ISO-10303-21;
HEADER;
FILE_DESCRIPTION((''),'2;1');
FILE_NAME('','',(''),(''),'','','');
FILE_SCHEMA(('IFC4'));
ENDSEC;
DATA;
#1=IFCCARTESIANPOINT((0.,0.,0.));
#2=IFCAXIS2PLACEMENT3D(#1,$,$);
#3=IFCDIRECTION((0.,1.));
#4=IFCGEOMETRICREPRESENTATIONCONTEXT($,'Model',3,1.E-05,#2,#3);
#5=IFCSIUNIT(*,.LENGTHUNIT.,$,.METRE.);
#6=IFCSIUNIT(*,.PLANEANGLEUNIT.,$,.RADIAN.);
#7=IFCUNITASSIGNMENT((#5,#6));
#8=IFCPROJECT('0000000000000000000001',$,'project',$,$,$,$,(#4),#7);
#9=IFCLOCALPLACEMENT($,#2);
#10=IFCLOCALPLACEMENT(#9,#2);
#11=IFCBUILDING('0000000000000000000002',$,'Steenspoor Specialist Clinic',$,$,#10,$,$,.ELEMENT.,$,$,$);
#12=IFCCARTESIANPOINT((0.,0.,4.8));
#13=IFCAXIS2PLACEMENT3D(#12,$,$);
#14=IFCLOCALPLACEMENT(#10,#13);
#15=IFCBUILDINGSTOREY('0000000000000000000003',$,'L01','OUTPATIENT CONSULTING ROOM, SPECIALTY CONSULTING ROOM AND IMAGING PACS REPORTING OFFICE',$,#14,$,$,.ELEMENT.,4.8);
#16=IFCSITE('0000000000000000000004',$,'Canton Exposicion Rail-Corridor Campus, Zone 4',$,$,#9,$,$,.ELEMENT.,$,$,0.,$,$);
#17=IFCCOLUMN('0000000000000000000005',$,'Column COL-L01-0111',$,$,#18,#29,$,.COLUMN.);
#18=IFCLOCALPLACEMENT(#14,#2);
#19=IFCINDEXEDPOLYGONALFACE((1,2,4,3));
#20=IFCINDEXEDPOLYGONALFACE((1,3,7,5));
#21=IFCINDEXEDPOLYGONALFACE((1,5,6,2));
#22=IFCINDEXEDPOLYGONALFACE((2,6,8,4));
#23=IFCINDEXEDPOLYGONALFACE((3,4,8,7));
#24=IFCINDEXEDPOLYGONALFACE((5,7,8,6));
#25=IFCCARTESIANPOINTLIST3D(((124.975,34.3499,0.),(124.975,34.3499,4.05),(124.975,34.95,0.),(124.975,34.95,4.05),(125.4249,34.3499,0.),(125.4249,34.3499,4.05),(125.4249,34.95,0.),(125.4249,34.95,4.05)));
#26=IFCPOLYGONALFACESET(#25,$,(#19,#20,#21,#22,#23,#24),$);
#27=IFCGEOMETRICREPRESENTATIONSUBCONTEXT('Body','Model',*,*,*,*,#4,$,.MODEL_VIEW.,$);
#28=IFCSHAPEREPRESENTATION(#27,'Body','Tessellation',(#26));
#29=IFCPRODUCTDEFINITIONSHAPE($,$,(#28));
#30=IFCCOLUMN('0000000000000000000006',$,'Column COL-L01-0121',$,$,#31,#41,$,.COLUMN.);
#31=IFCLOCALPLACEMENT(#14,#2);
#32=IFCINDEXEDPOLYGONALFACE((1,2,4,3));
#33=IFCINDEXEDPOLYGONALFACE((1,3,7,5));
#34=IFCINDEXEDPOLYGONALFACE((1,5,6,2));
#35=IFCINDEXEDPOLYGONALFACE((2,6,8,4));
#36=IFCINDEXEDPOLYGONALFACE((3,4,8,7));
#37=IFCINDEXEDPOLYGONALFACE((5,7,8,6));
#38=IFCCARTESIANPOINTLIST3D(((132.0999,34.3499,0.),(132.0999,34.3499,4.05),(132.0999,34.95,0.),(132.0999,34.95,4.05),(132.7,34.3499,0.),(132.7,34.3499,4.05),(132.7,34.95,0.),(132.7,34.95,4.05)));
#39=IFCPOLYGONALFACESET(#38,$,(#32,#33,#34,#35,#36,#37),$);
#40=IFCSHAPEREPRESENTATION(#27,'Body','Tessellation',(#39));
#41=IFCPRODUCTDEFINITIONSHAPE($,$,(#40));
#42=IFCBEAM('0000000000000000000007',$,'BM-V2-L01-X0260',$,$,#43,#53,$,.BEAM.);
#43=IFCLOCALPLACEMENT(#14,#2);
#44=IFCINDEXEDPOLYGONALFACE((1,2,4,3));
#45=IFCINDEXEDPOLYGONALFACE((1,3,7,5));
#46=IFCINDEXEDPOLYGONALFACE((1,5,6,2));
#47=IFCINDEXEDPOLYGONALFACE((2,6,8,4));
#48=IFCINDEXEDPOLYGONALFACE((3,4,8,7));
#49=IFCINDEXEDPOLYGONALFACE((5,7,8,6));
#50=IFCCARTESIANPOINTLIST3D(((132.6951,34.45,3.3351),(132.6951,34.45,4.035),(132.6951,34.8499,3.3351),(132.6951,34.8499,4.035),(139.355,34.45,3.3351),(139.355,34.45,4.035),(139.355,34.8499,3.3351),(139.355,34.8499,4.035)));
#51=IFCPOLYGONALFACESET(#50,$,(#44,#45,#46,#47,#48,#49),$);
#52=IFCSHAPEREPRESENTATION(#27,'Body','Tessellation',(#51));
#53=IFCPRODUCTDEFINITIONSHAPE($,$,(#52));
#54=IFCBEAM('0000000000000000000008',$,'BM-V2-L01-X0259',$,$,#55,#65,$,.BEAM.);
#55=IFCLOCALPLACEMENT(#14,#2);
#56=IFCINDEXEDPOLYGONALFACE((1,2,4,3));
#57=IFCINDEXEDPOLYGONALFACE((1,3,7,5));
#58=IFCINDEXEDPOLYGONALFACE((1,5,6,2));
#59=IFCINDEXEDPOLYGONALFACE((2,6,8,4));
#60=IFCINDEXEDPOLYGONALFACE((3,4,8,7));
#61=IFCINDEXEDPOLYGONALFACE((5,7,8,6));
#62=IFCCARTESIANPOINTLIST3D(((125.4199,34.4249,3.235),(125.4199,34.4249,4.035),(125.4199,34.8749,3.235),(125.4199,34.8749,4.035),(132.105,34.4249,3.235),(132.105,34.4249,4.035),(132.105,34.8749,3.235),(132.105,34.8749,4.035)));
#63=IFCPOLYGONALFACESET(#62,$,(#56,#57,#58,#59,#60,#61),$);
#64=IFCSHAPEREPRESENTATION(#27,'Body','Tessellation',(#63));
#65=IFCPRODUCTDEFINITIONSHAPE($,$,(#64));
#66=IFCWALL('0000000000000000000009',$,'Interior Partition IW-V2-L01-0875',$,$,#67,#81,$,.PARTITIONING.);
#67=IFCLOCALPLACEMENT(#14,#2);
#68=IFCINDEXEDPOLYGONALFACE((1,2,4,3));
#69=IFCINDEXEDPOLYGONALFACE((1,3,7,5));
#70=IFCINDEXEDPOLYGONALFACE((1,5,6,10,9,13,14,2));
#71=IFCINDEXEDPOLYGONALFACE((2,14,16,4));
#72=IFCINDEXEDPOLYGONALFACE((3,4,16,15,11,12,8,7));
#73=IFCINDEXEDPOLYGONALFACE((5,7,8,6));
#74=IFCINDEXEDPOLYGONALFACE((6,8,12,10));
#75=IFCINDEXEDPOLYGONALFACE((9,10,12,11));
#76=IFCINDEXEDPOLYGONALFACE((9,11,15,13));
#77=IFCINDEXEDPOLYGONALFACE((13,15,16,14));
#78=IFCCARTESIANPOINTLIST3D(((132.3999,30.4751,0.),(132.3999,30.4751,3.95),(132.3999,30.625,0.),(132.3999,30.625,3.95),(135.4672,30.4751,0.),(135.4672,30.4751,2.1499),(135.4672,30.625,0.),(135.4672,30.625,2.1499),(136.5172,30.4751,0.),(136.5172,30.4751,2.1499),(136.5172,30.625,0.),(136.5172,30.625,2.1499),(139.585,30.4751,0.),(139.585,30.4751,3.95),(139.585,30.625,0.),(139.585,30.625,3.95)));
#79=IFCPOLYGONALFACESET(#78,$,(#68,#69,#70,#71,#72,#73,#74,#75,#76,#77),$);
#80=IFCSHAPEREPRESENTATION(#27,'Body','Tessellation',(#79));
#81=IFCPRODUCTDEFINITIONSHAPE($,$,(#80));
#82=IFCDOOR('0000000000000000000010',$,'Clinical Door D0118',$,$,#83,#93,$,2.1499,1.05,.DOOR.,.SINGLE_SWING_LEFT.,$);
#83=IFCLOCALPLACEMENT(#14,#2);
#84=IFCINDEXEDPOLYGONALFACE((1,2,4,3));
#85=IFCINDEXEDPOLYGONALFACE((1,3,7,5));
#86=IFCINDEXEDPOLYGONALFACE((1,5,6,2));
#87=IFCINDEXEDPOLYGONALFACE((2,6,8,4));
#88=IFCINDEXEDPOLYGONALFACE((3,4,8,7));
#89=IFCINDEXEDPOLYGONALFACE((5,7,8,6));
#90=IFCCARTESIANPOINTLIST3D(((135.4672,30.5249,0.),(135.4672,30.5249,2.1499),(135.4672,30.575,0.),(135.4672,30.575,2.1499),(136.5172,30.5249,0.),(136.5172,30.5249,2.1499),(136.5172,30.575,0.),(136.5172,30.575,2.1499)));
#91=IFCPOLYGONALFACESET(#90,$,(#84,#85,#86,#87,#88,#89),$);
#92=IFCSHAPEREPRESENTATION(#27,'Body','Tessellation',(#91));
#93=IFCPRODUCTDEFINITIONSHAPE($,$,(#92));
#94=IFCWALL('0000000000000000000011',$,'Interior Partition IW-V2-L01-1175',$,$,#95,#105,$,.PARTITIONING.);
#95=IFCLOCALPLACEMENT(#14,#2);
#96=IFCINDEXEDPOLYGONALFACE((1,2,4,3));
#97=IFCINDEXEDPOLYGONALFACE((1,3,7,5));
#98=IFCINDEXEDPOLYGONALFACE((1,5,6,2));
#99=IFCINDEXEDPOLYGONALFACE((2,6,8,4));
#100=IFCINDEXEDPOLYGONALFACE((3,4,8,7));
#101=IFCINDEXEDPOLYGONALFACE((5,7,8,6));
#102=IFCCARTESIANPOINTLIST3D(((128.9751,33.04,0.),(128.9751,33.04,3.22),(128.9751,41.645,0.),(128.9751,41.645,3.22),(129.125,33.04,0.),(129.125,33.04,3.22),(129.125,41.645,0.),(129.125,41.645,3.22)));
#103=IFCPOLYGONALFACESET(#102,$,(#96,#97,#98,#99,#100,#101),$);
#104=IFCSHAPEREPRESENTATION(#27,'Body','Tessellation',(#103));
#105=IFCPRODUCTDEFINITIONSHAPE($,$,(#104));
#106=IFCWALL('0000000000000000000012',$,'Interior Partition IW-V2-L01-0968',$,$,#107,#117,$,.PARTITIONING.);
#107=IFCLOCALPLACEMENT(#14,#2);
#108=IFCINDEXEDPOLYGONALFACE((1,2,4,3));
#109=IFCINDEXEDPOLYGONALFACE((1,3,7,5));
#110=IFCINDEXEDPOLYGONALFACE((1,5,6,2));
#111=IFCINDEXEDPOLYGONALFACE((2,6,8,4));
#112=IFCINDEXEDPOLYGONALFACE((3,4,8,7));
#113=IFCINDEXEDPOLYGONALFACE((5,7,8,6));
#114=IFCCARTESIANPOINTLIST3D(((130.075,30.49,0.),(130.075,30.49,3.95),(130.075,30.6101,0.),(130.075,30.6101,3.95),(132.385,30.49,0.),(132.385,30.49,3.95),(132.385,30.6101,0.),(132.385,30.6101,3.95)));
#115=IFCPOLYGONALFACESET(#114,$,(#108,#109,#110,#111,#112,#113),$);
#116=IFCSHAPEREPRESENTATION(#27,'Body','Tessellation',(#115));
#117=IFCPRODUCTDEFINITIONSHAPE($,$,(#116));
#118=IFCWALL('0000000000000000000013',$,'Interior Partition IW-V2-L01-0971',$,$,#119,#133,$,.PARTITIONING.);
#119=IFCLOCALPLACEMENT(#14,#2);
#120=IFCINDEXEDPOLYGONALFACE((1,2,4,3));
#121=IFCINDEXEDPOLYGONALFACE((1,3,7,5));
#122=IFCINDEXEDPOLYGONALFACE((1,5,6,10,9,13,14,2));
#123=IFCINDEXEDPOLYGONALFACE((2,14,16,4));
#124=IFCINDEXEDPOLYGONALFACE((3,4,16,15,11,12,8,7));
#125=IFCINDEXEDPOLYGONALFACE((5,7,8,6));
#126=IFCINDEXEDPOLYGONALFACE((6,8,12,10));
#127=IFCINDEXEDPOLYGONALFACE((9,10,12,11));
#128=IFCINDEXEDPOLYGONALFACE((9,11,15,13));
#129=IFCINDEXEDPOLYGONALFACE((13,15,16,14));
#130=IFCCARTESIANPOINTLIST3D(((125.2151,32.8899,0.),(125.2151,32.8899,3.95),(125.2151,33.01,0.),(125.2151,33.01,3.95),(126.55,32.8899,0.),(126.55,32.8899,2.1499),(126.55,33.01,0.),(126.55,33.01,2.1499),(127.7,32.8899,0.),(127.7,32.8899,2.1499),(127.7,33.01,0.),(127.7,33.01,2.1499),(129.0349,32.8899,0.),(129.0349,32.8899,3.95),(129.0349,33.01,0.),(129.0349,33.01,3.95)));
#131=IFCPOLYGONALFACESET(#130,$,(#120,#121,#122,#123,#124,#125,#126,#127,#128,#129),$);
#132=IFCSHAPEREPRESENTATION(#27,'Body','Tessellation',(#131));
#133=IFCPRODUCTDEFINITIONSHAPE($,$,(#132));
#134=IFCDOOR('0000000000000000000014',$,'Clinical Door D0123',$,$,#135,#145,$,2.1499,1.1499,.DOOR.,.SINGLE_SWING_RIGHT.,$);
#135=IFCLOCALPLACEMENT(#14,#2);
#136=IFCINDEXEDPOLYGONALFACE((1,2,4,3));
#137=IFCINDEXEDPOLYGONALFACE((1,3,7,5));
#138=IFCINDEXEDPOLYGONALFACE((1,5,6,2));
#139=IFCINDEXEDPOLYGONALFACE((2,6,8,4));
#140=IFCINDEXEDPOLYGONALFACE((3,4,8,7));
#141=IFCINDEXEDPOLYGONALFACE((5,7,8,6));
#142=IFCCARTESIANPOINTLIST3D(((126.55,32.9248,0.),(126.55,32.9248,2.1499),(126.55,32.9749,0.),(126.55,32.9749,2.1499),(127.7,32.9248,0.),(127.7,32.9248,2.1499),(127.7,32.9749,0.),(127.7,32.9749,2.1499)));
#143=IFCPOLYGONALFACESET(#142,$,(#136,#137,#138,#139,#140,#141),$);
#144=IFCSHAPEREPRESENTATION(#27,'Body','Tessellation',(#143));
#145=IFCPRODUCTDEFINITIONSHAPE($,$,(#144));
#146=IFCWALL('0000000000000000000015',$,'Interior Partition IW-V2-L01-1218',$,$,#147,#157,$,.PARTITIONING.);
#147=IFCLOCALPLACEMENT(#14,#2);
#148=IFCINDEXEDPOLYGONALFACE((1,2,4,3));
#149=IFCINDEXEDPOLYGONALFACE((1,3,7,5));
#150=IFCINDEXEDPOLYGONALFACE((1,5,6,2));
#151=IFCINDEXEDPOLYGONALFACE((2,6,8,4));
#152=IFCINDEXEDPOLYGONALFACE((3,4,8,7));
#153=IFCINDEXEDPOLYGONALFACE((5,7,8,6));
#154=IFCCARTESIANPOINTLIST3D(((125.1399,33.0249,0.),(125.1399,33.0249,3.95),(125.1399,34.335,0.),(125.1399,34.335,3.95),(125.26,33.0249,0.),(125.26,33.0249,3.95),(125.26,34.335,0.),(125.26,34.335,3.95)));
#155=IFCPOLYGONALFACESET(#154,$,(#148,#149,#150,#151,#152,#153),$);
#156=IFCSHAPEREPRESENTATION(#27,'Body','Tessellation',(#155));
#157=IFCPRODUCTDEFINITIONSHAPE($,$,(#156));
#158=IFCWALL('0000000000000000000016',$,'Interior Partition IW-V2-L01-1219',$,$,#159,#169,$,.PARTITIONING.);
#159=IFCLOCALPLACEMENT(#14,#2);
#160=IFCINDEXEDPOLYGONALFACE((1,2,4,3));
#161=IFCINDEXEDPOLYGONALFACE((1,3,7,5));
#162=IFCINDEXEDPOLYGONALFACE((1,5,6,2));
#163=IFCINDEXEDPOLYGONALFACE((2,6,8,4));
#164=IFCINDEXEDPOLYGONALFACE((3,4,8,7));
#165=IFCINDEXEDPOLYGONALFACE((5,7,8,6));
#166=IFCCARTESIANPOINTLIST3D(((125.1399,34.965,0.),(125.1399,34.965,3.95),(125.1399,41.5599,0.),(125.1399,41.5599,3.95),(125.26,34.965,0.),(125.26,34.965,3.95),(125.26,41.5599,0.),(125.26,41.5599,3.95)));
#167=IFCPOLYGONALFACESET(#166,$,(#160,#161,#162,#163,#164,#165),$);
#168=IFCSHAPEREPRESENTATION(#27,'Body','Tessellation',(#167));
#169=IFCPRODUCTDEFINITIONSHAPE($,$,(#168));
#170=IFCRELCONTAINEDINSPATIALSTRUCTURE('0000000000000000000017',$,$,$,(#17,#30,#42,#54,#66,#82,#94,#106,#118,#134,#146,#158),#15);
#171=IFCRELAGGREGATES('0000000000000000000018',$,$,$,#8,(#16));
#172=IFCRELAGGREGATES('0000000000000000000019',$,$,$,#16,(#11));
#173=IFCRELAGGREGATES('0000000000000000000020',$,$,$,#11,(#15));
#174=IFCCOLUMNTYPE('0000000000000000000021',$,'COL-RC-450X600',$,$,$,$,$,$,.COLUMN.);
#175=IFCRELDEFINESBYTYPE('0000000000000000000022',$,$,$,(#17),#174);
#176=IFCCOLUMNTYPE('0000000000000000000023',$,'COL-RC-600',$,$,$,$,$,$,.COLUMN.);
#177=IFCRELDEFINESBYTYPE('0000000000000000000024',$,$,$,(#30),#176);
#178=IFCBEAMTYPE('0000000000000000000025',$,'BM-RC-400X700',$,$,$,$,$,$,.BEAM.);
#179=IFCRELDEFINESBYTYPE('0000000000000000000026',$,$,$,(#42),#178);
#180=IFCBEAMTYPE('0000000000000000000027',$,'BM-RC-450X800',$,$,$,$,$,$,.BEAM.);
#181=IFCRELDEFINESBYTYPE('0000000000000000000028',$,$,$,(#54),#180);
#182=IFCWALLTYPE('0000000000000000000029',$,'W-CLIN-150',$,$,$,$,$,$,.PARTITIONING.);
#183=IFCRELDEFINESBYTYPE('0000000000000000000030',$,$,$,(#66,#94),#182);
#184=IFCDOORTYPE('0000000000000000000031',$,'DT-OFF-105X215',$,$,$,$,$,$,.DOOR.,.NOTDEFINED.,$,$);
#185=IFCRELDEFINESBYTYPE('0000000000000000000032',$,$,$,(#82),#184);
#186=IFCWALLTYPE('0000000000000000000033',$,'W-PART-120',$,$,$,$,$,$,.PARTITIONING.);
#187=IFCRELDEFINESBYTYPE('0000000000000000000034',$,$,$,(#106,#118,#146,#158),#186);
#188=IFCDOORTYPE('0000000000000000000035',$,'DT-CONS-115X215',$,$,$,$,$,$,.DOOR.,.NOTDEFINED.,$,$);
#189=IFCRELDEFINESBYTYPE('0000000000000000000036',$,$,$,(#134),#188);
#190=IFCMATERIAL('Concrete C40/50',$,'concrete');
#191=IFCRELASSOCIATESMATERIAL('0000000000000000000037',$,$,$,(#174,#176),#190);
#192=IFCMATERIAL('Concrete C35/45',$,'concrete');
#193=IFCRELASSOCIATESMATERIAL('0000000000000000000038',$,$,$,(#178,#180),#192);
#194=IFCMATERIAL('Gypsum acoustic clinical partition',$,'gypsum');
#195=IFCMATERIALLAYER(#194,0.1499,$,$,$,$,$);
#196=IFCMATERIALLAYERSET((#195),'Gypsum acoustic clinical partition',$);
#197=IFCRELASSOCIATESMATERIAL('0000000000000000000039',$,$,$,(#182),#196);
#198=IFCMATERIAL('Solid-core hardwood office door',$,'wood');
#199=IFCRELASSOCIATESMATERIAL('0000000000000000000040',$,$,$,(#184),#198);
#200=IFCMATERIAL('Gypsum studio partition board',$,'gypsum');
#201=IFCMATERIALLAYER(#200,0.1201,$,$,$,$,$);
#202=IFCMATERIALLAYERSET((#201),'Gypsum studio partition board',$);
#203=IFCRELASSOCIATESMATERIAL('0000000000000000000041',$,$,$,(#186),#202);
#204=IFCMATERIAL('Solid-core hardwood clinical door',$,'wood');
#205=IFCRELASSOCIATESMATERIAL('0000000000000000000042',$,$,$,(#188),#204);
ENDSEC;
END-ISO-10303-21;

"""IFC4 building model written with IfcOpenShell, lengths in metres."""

from ifc_helpers import new_model, si_unit, direction, frame, frame_2d, origin, origin_2d, place, context, subcontext, project, spatial, rectangle, extrude, material, layer, layer_set, material_profile, profile_set, type_object, element, fill, save


model = new_model("IFC4")

# Units and contexts
model_context = context("Model", 3, precision=1e-05, world=origin(), true_north=direction((0.0, 1.0)))
body_context = subcontext(model_context, "Body", "Model", "MODEL_VIEW")
ifc_project = project(units=[si_unit("LENGTHUNIT", "METRE"), si_unit("PLANEANGLEUNIT", "RADIAN")], contexts=[model_context])

# Site, building, storey
site_placement = place(None, origin())
site = spatial("IfcSite", under=ifc_project, at=site_placement, Name="Canton Exposicion Rail-Corridor Campus, Zone 4", CompositionType="ELEMENT", RefElevation=0.0)
building_placement = place(site_placement, origin())
building = spatial("IfcBuilding", under=site, at=building_placement, Name="Steenspoor Specialist Clinic", CompositionType="ELEMENT")
storey_placement = place(building_placement, frame((0.0, 0.0, 4.8)))
storey = spatial("IfcBuildingStorey", under=building, at=storey_placement, Name="L01", Description="OUTPATIENT CONSULTING ROOM, SPECIALTY CONSULTING ROOM AND IMAGING PACS REPORTING OFFICE", CompositionType="ELEMENT", Elevation=4.8)

# Columns
ifc_material_1 = material(Name="Concrete C40/50", Category="concrete")
ifc_material_profile_1 = material_profile(ifc_material_1, rectangle(XDim=0.45, YDim=0.6001, at=origin_2d()), Name="RC-COL-450X600")
ifc_profile_set_1 = profile_set([ifc_material_profile_1], Name="Concrete C40/50")
column_type_1 = type_object("IfcColumnType", Name="COL-RC-450X600", PredefinedType="COLUMN", material=ifc_profile_set_1)
column_1_placement = place(storey_placement, frame((125.2, 34.6499, 0.0), z_axis=(0.0, 0.0, 1.0), x_axis=(1.0, 0.0, 0.0)))
element("IfcColumn", 1, at=column_1_placement, inside=storey, type_object=column_type_1, Name="Column COL-L01-0111", PredefinedType="COLUMN", context=body_context, shape_type="SweptSolid", body=[
    extrude(rectangle(XDim=0.45, YDim=0.6001, at=origin_2d()), origin(), (0.0, 0.0, 1.0), 4.05),
])
ifc_material_profile_2 = material_profile(ifc_material_1, rectangle(XDim=0.6001, YDim=0.6001, at=origin_2d()), Name="RC-COL-600X600")
ifc_profile_set_2 = profile_set([ifc_material_profile_2], Name="Concrete C40/50")
column_type_2 = type_object("IfcColumnType", Name="COL-RC-600", PredefinedType="COLUMN", material=ifc_profile_set_2)
column_2_placement = place(storey_placement, frame((132.3999, 34.6499, 0.0), z_axis=(0.0, 0.0, 1.0), x_axis=(1.0, 0.0, 0.0)))
element("IfcColumn", 2, at=column_2_placement, inside=storey, type_object=column_type_2, Name="Column COL-L01-0121", PredefinedType="COLUMN", context=body_context, shape_type="SweptSolid", body=[
    extrude(rectangle(XDim=0.6001, YDim=0.6001, at=origin_2d()), origin(), (0.0, 0.0, 1.0), 4.05),
])

# Beams
ifc_material_2 = material(Name="Concrete C35/45", Category="concrete")
ifc_material_profile_3 = material_profile(ifc_material_2, rectangle(XDim=0.3999, YDim=0.7, at=origin_2d()), Name="RC-BM-400X700")
ifc_profile_set_3 = profile_set([ifc_material_profile_3], Name="Concrete C35/45")
beam_type_1 = type_object("IfcBeamType", Name="BM-RC-400X700", PredefinedType="BEAM", material=ifc_profile_set_3)
beam_1_placement = place(storey_placement, frame((132.6951, 34.6499, 3.6851), z_axis=(1.0, 0.0, 0.0), x_axis=(0.0, 1.0, 0.0)))
element("IfcBeam", 3, at=beam_1_placement, inside=storey, type_object=beam_type_1, Name="BM-V2-L01-X0260", PredefinedType="BEAM", context=body_context, shape_type="SweptSolid", body=[
    extrude(rectangle(XDim=0.3999, YDim=0.7, at=origin_2d()), origin(), (0.0, 0.0, 1.0), 6.6599),
])
ifc_material_profile_4 = material_profile(ifc_material_2, rectangle(XDim=0.45, YDim=0.8, at=origin_2d()), Name="RC-BM-450X800")
ifc_profile_set_4 = profile_set([ifc_material_profile_4], Name="Concrete C35/45")
beam_type_2 = type_object("IfcBeamType", Name="BM-RC-450X800", PredefinedType="BEAM", material=ifc_profile_set_4)
beam_2_placement = place(storey_placement, frame((125.4199, 34.6499, 3.635), z_axis=(1.0, 0.0, 0.0), x_axis=(0.0, 1.0, 0.0)))
element("IfcBeam", 4, at=beam_2_placement, inside=storey, type_object=beam_type_2, Name="BM-V2-L01-X0259", PredefinedType="BEAM", context=body_context, shape_type="SweptSolid", body=[
    extrude(rectangle(XDim=0.45, YDim=0.8, at=origin_2d()), origin(), (0.0, 0.0, 1.0), 6.6851),
])

# Wall, opening, door
ifc_material_3 = material(Name="Gypsum acoustic clinical partition", Category="gypsum")
ifc_layer_1 = layer(ifc_material_3, 0.1499)
ifc_layer_set_1 = layer_set([ifc_layer_1], Name="Gypsum acoustic clinical partition")
wall_type_1 = type_object("IfcWallType", Name="W-CLIN-150", PredefinedType="PARTITIONING", material=ifc_layer_set_1)
wall_1_placement = place(storey_placement, frame((132.3999, 30.55, 0.0), z_axis=(0.0, 0.0, 1.0), x_axis=(1.0, 0.0, 0.0)))
wall_1 = element("IfcWall", 5, at=wall_1_placement, inside=storey, type_object=wall_type_1, Name="Interior Partition IW-V2-L01-0875", PredefinedType="PARTITIONING", context=body_context, shape_type="SweptSolid", body=[
    extrude(rectangle(XDim=7.1851, YDim=0.1499, at=frame_2d((3.5925, 0.0))), origin(), (0.0, 0.0, 1.0), 3.95),
])
opening_1_placement = place(wall_1_placement, frame((3.0674, 0.0, 0.0)))
opening_1 = element("IfcOpeningElement", 6, at=opening_1_placement, cuts=wall_1, PredefinedType="OPENING", context=body_context, shape_type="SweptSolid", body=[
    extrude(rectangle(XDim=1.05, YDim=2.1499, at=frame_2d((0.5249, 1.075))), frame((0.0, 0.085, 0.0), z_axis=(0.0, -1.0, 0.0), x_axis=(1.0, 0.0, 0.0)), (0.0, 0.0, 1.0), 0.1699),
])
ifc_material_4 = material(Name="Solid-core hardwood office door", Category="wood")
door_type_1 = type_object("IfcDoorType", Name="DT-OFF-105X215", OperationType="NOTDEFINED", PredefinedType="DOOR", material=ifc_material_4)
door_1_placement = place(opening_1_placement, origin())
door_1 = element("IfcDoor", 7, at=door_1_placement, inside=storey, type_object=door_type_1, Name="Clinical Door D0118", OperationType="SINGLE_SWING_LEFT", OverallHeight=2.1499, OverallWidth=1.05, PredefinedType="DOOR", context=body_context, shape_type="SweptSolid", body=[
    extrude(rectangle(XDim=1.05, YDim=2.1499, at=frame_2d((0.5249, 1.075))), frame((0.0, 0.0249, 0.0), z_axis=(0.0, -1.0, 0.0), x_axis=(1.0, 0.0, 0.0)), (0.0, 0.0, 1.0), 0.05),
])
fill(opening_1, door_1)

# Wall
wall_2_placement = place(storey_placement, frame((129.05, 33.04, 0.0), z_axis=(0.0, 0.0, 1.0), x_axis=(0.0, 1.0, 0.0)))
element("IfcWall", 8, at=wall_2_placement, inside=storey, type_object=wall_type_1, Name="Interior Partition IW-V2-L01-1175", PredefinedType="PARTITIONING", context=body_context, shape_type="SweptSolid", body=[
    extrude(rectangle(XDim=8.605, YDim=0.1499, at=frame_2d((4.3025, 0.0))), origin(), (0.0, 0.0, 1.0), 3.22),
])

# Shared definitions
ifc_material_5 = material(Name="Gypsum studio partition board", Category="gypsum")
ifc_layer_2 = layer(ifc_material_5, 0.1201)
ifc_layer_set_2 = layer_set([ifc_layer_2], Name="Gypsum studio partition board")
wall_type_2 = type_object("IfcWallType", Name="W-PART-120", PredefinedType="PARTITIONING", material=ifc_layer_set_2)

# Wall
wall_3_placement = place(storey_placement, frame((130.075, 30.55, 0.0), z_axis=(0.0, 0.0, 1.0), x_axis=(1.0, 0.0, 0.0)))
element("IfcWall", 9, at=wall_3_placement, inside=storey, type_object=wall_type_2, Name="Interior Partition IW-V2-L01-0968", PredefinedType="PARTITIONING", context=body_context, shape_type="SweptSolid", body=[
    extrude(rectangle(XDim=2.3101, YDim=0.1201, at=frame_2d((1.155, 0.0))), origin(), (0.0, 0.0, 1.0), 3.95),
])

# Wall, opening, door
wall_4_placement = place(storey_placement, frame((125.2151, 32.95, 0.0), z_axis=(0.0, 0.0, 1.0), x_axis=(1.0, 0.0, 0.0)))
wall_4 = element("IfcWall", 10, at=wall_4_placement, inside=storey, type_object=wall_type_2, Name="Interior Partition IW-V2-L01-0971", PredefinedType="PARTITIONING", context=body_context, shape_type="SweptSolid", body=[
    extrude(rectangle(XDim=3.8198, YDim=0.1201, at=frame_2d((1.9099, 0.0))), origin(), (0.0, 0.0, 1.0), 3.95),
])
opening_2_placement = place(wall_4_placement, frame((1.335, 0.0, 0.0)))
opening_2 = element("IfcOpeningElement", 11, at=opening_2_placement, cuts=wall_4, PredefinedType="OPENING", context=body_context, shape_type="SweptSolid", body=[
    extrude(rectangle(XDim=1.1499, YDim=2.1499, at=frame_2d((0.575, 1.075))), frame((0.0, 0.0701, 0.0), z_axis=(0.0, -1.0, 0.0), x_axis=(1.0, 0.0, 0.0)), (0.0, 0.0, 1.0), 0.1401),
])
ifc_material_6 = material(Name="Solid-core hardwood clinical door", Category="wood")
door_type_2 = type_object("IfcDoorType", Name="DT-CONS-115X215", OperationType="NOTDEFINED", PredefinedType="DOOR", material=ifc_material_6)
door_2_placement = place(opening_2_placement, origin())
door_2 = element("IfcDoor", 12, at=door_2_placement, inside=storey, type_object=door_type_2, Name="Clinical Door D0123", OperationType="SINGLE_SWING_RIGHT", OverallHeight=2.1499, OverallWidth=1.1499, PredefinedType="DOOR", context=body_context, shape_type="SweptSolid", body=[
    extrude(rectangle(XDim=1.1499, YDim=2.1499, at=frame_2d((0.575, 1.075))), frame((0.0, 0.0249, 0.0), z_axis=(0.0, -1.0, 0.0), x_axis=(1.0, 0.0, 0.0)), (0.0, 0.0, 1.0), 0.05),
])
fill(opening_2, door_2)

# Walls
wall_5_placement = place(storey_placement, frame((125.2, 33.0249, 0.0), z_axis=(0.0, 0.0, 1.0), x_axis=(0.0, 1.0, 0.0)))
element("IfcWall", 13, at=wall_5_placement, inside=storey, type_object=wall_type_2, Name="Interior Partition IW-V2-L01-1218", PredefinedType="PARTITIONING", context=body_context, shape_type="SweptSolid", body=[
    extrude(rectangle(XDim=1.3101, YDim=0.1201, at=frame_2d((0.655, 0.0))), origin(), (0.0, 0.0, 1.0), 3.95),
])
wall_6_placement = place(storey_placement, frame((125.2, 34.9651, 0.0), z_axis=(0.0, 0.0, 1.0), x_axis=(0.0, 1.0, 0.0)))
element("IfcWall", 14, at=wall_6_placement, inside=storey, type_object=wall_type_2, Name="Interior Partition IW-V2-L01-1219", PredefinedType="PARTITIONING", context=body_context, shape_type="SweptSolid", body=[
    extrude(rectangle(XDim=6.595, YDim=0.1201, at=frame_2d((3.2974, 0.0))), origin(), (0.0, 0.0, 1.0), 3.95),
])

save(model, "model.ifc")
